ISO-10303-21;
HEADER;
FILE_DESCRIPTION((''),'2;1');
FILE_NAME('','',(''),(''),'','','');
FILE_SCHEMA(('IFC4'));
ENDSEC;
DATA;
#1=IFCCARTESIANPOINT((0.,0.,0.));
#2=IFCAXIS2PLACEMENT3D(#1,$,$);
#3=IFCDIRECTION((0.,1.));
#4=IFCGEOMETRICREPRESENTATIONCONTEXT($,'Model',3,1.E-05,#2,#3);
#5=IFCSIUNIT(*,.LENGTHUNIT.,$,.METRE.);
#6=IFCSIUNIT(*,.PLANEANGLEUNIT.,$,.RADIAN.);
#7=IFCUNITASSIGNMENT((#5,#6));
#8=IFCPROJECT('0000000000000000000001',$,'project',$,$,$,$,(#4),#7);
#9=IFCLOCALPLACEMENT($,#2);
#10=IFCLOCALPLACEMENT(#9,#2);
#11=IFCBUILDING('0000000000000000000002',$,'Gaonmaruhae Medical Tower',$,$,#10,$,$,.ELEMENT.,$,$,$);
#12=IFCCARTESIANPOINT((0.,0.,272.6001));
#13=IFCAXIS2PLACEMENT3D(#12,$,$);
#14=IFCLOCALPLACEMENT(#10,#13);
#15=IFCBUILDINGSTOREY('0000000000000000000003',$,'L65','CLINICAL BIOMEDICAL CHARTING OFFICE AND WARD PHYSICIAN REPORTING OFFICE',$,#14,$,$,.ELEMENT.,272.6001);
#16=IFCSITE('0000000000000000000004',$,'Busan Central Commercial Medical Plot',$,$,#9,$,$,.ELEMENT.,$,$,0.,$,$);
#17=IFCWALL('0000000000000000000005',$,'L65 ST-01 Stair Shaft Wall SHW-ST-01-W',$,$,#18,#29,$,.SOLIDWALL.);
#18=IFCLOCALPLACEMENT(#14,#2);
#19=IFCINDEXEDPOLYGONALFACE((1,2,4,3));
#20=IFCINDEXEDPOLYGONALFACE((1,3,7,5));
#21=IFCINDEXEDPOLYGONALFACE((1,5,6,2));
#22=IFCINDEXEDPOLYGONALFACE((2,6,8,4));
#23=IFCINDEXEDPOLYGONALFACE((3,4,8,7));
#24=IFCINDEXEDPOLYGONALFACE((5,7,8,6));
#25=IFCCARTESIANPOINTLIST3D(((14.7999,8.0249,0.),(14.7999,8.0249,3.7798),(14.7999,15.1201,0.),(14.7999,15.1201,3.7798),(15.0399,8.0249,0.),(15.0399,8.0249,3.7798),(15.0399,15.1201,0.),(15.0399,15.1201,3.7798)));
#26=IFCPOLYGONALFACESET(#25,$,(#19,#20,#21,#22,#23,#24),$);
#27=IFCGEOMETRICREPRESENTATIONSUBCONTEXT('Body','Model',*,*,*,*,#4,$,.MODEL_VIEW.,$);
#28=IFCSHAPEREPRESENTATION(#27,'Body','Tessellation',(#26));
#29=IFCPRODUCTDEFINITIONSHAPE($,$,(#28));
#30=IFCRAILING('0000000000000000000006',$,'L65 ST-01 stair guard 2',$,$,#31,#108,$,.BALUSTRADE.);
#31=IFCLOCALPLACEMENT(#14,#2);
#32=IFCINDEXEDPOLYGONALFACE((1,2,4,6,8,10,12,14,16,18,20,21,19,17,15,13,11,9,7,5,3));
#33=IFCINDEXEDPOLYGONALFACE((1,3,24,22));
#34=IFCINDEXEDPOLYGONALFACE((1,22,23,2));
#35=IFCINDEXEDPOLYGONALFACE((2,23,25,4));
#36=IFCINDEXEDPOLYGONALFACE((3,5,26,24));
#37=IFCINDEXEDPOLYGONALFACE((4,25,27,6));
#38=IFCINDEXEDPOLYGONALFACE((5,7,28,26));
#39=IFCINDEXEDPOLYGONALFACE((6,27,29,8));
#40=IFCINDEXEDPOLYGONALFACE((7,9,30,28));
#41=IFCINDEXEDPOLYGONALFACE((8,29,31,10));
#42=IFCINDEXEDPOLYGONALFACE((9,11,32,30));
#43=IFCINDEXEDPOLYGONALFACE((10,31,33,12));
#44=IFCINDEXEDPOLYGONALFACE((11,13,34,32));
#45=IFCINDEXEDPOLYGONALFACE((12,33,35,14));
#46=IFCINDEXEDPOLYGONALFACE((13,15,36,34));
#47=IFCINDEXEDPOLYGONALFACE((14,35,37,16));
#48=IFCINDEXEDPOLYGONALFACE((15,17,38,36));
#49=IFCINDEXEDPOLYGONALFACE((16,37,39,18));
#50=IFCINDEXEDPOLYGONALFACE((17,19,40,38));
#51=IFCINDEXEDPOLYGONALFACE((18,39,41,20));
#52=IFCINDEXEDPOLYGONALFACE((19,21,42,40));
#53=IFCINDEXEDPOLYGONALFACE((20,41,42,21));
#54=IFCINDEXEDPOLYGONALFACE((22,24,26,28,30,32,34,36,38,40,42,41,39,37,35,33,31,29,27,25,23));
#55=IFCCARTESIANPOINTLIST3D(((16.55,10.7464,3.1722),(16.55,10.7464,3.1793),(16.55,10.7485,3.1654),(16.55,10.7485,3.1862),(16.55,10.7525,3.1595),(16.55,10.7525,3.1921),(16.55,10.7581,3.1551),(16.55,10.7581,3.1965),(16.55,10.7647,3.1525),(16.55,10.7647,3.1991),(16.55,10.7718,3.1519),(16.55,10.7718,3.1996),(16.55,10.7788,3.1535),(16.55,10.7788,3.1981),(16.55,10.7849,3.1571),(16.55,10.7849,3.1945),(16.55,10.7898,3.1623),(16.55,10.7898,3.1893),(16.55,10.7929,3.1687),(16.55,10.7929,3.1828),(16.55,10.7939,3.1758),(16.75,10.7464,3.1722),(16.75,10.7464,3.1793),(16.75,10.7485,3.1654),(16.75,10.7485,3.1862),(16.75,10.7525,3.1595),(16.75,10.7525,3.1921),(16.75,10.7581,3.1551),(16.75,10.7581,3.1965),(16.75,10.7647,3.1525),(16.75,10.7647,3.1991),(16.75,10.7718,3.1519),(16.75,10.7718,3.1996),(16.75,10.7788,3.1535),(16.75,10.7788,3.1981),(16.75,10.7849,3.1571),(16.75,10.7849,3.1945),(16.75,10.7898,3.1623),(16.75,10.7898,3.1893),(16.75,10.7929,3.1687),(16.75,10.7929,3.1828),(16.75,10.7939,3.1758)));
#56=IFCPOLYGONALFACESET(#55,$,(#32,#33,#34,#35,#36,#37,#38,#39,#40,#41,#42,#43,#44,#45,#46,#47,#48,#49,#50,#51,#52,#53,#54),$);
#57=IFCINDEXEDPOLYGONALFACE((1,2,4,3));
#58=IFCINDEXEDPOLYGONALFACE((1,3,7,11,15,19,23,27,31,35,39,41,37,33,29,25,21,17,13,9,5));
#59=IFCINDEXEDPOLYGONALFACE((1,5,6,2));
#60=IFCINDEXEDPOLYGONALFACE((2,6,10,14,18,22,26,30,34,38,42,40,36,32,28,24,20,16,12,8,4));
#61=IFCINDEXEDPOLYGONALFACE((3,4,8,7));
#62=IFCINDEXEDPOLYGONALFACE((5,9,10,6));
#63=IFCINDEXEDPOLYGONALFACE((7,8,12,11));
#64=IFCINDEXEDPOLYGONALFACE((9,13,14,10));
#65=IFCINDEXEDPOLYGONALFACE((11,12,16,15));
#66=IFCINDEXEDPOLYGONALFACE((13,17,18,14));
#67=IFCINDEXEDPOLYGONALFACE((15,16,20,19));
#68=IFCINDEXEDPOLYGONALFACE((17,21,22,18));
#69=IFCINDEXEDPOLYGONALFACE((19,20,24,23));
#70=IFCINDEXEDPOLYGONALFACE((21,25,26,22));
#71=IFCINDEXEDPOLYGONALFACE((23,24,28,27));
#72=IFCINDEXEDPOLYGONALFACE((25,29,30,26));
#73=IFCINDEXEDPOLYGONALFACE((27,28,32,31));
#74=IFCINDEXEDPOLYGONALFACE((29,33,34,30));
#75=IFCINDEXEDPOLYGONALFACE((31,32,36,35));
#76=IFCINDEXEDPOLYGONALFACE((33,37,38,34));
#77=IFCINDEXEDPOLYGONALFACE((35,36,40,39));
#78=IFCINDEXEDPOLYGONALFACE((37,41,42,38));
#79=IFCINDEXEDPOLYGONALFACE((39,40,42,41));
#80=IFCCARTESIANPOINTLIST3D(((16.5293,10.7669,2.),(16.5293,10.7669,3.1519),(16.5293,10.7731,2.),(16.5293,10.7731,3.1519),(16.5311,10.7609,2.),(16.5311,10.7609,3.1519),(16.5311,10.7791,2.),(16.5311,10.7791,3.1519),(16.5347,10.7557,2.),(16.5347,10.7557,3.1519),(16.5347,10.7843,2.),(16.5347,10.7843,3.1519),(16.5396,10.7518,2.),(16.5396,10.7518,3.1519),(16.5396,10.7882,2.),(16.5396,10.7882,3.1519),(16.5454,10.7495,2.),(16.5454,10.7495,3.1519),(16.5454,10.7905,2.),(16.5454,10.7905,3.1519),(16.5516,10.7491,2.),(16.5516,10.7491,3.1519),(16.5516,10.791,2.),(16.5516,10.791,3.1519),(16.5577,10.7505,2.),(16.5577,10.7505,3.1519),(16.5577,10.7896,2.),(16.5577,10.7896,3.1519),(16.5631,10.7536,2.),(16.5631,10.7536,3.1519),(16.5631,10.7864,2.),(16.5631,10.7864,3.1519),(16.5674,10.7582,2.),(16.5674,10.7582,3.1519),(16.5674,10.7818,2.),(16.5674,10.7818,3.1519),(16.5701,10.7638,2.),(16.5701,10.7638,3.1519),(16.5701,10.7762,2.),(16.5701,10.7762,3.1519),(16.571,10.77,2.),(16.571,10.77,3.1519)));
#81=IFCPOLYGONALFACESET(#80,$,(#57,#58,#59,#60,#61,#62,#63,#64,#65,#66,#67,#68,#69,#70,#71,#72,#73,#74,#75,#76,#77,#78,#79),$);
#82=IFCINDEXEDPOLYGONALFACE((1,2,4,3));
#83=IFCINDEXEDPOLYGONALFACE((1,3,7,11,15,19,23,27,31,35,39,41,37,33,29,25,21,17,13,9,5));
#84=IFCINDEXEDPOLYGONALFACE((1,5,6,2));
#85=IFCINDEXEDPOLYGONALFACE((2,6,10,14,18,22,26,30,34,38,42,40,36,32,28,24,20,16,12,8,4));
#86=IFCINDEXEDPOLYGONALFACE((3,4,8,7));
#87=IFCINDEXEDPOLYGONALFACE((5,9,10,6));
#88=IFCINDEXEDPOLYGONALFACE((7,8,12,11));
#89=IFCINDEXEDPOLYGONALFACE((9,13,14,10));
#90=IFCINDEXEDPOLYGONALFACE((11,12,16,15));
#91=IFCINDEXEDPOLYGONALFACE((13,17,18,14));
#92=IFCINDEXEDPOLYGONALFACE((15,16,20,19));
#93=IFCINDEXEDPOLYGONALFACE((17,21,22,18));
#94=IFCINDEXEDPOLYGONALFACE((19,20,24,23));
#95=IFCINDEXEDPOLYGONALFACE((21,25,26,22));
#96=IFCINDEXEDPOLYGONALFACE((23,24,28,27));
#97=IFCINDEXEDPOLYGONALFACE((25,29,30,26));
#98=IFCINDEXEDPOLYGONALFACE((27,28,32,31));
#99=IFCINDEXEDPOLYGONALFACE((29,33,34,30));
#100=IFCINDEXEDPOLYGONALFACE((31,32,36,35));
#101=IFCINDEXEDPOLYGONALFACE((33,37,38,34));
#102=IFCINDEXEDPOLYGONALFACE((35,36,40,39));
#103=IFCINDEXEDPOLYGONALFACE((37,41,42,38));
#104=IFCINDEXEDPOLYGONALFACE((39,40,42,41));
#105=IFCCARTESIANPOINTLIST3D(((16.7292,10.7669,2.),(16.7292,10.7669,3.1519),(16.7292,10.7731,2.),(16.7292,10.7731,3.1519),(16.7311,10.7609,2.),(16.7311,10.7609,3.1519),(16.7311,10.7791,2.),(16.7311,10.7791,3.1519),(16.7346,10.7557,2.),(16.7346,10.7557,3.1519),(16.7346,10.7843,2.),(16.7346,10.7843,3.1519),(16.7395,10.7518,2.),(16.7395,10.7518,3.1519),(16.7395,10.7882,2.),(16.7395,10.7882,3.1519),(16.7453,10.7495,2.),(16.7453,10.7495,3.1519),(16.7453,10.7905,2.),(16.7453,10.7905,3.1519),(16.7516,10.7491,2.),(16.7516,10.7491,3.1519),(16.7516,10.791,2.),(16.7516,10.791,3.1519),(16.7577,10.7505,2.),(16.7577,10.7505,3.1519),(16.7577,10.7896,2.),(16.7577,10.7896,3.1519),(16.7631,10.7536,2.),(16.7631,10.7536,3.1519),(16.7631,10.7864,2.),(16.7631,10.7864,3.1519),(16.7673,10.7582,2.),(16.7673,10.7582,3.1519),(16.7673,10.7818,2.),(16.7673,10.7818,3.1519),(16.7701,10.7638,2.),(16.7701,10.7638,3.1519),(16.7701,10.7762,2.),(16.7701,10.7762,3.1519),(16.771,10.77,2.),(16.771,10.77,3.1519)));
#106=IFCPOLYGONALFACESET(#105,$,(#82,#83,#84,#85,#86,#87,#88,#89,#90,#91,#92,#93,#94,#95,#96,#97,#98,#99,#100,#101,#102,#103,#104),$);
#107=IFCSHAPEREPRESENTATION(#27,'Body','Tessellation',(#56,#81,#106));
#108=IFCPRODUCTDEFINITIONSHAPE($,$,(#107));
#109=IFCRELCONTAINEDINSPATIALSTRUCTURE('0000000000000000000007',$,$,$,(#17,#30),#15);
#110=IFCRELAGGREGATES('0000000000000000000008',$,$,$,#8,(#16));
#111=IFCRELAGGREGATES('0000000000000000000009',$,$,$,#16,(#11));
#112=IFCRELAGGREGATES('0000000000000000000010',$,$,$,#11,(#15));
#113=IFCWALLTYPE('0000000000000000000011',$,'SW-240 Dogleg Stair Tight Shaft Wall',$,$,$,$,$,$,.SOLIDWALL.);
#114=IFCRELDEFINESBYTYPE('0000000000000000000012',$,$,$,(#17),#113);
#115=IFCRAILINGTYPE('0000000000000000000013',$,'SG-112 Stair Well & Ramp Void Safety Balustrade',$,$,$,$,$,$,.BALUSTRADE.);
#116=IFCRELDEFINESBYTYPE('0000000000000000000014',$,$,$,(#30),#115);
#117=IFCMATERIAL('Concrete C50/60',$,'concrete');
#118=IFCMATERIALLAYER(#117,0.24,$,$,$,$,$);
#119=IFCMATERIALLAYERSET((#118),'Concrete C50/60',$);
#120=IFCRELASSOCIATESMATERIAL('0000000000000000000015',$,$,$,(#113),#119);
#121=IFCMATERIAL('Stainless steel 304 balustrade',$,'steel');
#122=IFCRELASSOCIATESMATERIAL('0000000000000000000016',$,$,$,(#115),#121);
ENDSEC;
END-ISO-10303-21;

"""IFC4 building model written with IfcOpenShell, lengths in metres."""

from ifc_helpers import new_model, si_unit, direction, frame, frame_2d, origin, origin_2d, place, context, subcontext, project, spatial, rectangle, circle, extrude, material, layer, layer_set, type_object, element, save


model = new_model("IFC4")

# Units and contexts
model_context = context("Model", 3, precision=1e-05, world=origin(), true_north=direction((0.0, 1.0)))
body_context = subcontext(model_context, "Body", "Model", "MODEL_VIEW")
ifc_project = project(units=[si_unit("LENGTHUNIT", "METRE"), si_unit("PLANEANGLEUNIT", "RADIAN")], contexts=[model_context])

# Site, building, storey
site_placement = place(None, origin())
site = spatial("IfcSite", under=ifc_project, at=site_placement, Name="Busan Central Commercial Medical Plot", CompositionType="ELEMENT", RefElevation=0.0)
building_placement = place(site_placement, origin())
building = spatial("IfcBuilding", under=site, at=building_placement, Name="Gaonmaruhae Medical Tower", CompositionType="ELEMENT")
storey_placement = place(building_placement, frame((0.0, 0.0, 272.6001)))
storey = spatial("IfcBuildingStorey", under=building, at=storey_placement, Name="L65", Description="CLINICAL BIOMEDICAL CHARTING OFFICE AND WARD PHYSICIAN REPORTING OFFICE", CompositionType="ELEMENT", Elevation=272.6001)

# Shared definitions
ifc_material_1 = material(Name="Concrete C50/60", Category="concrete")

# Wall
ifc_layer_1 = layer(ifc_material_1, 0.24)
ifc_layer_set_1 = layer_set([ifc_layer_1], Name="Concrete C50/60")
wall_type_1 = type_object("IfcWallType", Name="SW-240 Dogleg Stair Tight Shaft Wall", PredefinedType="SOLIDWALL", material=ifc_layer_set_1)
wall_1_placement = place(storey_placement, frame((14.9199, 8.0249, 0.0), z_axis=(0.0, 0.0, 1.0), x_axis=(0.0, 1.0, 0.0)))
element("IfcWall", 1, at=wall_1_placement, inside=storey, type_object=wall_type_1, Name="L65 ST-01 Stair Shaft Wall SHW-ST-01-W", PredefinedType="SOLIDWALL", context=body_context, shape_type="SweptSolid", body=[
    extrude(rectangle(XDim=7.0952, YDim=0.24, at=frame_2d((3.5476, 0.0))), origin(), (0.0, 0.0, 1.0), 3.7798),
])

# Railing
ifc_material_2 = material(Name="Stainless steel 304 balustrade", Category="steel")
railing_type_1 = type_object("IfcRailingType", Name="SG-112 Stair Well & Ramp Void Safety Balustrade", PredefinedType="BALUSTRADE", material=ifc_material_2)
railing_1_placement = place(storey_placement, frame((16.55, 10.77, 2.0)))
element("IfcRailing", 2, at=railing_1_placement, inside=storey, type_object=railing_type_1, Name="L65 ST-01 stair guard 2", PredefinedType="BALUSTRADE", context=body_context, shape_type="SweptSolid", body=[
    extrude(circle(Radius=0.0239, at=origin_2d()), frame((0.0, 0.0, 1.1758), z_axis=(1.0, 0.0, 0.0), x_axis=(0.0, 1.0, 0.0)), (0.0, 0.0, 1.0), 0.2),
    extrude(circle(Radius=0.021, at=origin_2d()), origin(), (0.0, 0.0, 1.0), 1.1519),
    extrude(circle(Radius=0.021, at=origin_2d()), frame((0.2, 0.0, 0.0)), (0.0, 0.0, 1.0), 1.1519),
])

save(model, "model.ifc")
